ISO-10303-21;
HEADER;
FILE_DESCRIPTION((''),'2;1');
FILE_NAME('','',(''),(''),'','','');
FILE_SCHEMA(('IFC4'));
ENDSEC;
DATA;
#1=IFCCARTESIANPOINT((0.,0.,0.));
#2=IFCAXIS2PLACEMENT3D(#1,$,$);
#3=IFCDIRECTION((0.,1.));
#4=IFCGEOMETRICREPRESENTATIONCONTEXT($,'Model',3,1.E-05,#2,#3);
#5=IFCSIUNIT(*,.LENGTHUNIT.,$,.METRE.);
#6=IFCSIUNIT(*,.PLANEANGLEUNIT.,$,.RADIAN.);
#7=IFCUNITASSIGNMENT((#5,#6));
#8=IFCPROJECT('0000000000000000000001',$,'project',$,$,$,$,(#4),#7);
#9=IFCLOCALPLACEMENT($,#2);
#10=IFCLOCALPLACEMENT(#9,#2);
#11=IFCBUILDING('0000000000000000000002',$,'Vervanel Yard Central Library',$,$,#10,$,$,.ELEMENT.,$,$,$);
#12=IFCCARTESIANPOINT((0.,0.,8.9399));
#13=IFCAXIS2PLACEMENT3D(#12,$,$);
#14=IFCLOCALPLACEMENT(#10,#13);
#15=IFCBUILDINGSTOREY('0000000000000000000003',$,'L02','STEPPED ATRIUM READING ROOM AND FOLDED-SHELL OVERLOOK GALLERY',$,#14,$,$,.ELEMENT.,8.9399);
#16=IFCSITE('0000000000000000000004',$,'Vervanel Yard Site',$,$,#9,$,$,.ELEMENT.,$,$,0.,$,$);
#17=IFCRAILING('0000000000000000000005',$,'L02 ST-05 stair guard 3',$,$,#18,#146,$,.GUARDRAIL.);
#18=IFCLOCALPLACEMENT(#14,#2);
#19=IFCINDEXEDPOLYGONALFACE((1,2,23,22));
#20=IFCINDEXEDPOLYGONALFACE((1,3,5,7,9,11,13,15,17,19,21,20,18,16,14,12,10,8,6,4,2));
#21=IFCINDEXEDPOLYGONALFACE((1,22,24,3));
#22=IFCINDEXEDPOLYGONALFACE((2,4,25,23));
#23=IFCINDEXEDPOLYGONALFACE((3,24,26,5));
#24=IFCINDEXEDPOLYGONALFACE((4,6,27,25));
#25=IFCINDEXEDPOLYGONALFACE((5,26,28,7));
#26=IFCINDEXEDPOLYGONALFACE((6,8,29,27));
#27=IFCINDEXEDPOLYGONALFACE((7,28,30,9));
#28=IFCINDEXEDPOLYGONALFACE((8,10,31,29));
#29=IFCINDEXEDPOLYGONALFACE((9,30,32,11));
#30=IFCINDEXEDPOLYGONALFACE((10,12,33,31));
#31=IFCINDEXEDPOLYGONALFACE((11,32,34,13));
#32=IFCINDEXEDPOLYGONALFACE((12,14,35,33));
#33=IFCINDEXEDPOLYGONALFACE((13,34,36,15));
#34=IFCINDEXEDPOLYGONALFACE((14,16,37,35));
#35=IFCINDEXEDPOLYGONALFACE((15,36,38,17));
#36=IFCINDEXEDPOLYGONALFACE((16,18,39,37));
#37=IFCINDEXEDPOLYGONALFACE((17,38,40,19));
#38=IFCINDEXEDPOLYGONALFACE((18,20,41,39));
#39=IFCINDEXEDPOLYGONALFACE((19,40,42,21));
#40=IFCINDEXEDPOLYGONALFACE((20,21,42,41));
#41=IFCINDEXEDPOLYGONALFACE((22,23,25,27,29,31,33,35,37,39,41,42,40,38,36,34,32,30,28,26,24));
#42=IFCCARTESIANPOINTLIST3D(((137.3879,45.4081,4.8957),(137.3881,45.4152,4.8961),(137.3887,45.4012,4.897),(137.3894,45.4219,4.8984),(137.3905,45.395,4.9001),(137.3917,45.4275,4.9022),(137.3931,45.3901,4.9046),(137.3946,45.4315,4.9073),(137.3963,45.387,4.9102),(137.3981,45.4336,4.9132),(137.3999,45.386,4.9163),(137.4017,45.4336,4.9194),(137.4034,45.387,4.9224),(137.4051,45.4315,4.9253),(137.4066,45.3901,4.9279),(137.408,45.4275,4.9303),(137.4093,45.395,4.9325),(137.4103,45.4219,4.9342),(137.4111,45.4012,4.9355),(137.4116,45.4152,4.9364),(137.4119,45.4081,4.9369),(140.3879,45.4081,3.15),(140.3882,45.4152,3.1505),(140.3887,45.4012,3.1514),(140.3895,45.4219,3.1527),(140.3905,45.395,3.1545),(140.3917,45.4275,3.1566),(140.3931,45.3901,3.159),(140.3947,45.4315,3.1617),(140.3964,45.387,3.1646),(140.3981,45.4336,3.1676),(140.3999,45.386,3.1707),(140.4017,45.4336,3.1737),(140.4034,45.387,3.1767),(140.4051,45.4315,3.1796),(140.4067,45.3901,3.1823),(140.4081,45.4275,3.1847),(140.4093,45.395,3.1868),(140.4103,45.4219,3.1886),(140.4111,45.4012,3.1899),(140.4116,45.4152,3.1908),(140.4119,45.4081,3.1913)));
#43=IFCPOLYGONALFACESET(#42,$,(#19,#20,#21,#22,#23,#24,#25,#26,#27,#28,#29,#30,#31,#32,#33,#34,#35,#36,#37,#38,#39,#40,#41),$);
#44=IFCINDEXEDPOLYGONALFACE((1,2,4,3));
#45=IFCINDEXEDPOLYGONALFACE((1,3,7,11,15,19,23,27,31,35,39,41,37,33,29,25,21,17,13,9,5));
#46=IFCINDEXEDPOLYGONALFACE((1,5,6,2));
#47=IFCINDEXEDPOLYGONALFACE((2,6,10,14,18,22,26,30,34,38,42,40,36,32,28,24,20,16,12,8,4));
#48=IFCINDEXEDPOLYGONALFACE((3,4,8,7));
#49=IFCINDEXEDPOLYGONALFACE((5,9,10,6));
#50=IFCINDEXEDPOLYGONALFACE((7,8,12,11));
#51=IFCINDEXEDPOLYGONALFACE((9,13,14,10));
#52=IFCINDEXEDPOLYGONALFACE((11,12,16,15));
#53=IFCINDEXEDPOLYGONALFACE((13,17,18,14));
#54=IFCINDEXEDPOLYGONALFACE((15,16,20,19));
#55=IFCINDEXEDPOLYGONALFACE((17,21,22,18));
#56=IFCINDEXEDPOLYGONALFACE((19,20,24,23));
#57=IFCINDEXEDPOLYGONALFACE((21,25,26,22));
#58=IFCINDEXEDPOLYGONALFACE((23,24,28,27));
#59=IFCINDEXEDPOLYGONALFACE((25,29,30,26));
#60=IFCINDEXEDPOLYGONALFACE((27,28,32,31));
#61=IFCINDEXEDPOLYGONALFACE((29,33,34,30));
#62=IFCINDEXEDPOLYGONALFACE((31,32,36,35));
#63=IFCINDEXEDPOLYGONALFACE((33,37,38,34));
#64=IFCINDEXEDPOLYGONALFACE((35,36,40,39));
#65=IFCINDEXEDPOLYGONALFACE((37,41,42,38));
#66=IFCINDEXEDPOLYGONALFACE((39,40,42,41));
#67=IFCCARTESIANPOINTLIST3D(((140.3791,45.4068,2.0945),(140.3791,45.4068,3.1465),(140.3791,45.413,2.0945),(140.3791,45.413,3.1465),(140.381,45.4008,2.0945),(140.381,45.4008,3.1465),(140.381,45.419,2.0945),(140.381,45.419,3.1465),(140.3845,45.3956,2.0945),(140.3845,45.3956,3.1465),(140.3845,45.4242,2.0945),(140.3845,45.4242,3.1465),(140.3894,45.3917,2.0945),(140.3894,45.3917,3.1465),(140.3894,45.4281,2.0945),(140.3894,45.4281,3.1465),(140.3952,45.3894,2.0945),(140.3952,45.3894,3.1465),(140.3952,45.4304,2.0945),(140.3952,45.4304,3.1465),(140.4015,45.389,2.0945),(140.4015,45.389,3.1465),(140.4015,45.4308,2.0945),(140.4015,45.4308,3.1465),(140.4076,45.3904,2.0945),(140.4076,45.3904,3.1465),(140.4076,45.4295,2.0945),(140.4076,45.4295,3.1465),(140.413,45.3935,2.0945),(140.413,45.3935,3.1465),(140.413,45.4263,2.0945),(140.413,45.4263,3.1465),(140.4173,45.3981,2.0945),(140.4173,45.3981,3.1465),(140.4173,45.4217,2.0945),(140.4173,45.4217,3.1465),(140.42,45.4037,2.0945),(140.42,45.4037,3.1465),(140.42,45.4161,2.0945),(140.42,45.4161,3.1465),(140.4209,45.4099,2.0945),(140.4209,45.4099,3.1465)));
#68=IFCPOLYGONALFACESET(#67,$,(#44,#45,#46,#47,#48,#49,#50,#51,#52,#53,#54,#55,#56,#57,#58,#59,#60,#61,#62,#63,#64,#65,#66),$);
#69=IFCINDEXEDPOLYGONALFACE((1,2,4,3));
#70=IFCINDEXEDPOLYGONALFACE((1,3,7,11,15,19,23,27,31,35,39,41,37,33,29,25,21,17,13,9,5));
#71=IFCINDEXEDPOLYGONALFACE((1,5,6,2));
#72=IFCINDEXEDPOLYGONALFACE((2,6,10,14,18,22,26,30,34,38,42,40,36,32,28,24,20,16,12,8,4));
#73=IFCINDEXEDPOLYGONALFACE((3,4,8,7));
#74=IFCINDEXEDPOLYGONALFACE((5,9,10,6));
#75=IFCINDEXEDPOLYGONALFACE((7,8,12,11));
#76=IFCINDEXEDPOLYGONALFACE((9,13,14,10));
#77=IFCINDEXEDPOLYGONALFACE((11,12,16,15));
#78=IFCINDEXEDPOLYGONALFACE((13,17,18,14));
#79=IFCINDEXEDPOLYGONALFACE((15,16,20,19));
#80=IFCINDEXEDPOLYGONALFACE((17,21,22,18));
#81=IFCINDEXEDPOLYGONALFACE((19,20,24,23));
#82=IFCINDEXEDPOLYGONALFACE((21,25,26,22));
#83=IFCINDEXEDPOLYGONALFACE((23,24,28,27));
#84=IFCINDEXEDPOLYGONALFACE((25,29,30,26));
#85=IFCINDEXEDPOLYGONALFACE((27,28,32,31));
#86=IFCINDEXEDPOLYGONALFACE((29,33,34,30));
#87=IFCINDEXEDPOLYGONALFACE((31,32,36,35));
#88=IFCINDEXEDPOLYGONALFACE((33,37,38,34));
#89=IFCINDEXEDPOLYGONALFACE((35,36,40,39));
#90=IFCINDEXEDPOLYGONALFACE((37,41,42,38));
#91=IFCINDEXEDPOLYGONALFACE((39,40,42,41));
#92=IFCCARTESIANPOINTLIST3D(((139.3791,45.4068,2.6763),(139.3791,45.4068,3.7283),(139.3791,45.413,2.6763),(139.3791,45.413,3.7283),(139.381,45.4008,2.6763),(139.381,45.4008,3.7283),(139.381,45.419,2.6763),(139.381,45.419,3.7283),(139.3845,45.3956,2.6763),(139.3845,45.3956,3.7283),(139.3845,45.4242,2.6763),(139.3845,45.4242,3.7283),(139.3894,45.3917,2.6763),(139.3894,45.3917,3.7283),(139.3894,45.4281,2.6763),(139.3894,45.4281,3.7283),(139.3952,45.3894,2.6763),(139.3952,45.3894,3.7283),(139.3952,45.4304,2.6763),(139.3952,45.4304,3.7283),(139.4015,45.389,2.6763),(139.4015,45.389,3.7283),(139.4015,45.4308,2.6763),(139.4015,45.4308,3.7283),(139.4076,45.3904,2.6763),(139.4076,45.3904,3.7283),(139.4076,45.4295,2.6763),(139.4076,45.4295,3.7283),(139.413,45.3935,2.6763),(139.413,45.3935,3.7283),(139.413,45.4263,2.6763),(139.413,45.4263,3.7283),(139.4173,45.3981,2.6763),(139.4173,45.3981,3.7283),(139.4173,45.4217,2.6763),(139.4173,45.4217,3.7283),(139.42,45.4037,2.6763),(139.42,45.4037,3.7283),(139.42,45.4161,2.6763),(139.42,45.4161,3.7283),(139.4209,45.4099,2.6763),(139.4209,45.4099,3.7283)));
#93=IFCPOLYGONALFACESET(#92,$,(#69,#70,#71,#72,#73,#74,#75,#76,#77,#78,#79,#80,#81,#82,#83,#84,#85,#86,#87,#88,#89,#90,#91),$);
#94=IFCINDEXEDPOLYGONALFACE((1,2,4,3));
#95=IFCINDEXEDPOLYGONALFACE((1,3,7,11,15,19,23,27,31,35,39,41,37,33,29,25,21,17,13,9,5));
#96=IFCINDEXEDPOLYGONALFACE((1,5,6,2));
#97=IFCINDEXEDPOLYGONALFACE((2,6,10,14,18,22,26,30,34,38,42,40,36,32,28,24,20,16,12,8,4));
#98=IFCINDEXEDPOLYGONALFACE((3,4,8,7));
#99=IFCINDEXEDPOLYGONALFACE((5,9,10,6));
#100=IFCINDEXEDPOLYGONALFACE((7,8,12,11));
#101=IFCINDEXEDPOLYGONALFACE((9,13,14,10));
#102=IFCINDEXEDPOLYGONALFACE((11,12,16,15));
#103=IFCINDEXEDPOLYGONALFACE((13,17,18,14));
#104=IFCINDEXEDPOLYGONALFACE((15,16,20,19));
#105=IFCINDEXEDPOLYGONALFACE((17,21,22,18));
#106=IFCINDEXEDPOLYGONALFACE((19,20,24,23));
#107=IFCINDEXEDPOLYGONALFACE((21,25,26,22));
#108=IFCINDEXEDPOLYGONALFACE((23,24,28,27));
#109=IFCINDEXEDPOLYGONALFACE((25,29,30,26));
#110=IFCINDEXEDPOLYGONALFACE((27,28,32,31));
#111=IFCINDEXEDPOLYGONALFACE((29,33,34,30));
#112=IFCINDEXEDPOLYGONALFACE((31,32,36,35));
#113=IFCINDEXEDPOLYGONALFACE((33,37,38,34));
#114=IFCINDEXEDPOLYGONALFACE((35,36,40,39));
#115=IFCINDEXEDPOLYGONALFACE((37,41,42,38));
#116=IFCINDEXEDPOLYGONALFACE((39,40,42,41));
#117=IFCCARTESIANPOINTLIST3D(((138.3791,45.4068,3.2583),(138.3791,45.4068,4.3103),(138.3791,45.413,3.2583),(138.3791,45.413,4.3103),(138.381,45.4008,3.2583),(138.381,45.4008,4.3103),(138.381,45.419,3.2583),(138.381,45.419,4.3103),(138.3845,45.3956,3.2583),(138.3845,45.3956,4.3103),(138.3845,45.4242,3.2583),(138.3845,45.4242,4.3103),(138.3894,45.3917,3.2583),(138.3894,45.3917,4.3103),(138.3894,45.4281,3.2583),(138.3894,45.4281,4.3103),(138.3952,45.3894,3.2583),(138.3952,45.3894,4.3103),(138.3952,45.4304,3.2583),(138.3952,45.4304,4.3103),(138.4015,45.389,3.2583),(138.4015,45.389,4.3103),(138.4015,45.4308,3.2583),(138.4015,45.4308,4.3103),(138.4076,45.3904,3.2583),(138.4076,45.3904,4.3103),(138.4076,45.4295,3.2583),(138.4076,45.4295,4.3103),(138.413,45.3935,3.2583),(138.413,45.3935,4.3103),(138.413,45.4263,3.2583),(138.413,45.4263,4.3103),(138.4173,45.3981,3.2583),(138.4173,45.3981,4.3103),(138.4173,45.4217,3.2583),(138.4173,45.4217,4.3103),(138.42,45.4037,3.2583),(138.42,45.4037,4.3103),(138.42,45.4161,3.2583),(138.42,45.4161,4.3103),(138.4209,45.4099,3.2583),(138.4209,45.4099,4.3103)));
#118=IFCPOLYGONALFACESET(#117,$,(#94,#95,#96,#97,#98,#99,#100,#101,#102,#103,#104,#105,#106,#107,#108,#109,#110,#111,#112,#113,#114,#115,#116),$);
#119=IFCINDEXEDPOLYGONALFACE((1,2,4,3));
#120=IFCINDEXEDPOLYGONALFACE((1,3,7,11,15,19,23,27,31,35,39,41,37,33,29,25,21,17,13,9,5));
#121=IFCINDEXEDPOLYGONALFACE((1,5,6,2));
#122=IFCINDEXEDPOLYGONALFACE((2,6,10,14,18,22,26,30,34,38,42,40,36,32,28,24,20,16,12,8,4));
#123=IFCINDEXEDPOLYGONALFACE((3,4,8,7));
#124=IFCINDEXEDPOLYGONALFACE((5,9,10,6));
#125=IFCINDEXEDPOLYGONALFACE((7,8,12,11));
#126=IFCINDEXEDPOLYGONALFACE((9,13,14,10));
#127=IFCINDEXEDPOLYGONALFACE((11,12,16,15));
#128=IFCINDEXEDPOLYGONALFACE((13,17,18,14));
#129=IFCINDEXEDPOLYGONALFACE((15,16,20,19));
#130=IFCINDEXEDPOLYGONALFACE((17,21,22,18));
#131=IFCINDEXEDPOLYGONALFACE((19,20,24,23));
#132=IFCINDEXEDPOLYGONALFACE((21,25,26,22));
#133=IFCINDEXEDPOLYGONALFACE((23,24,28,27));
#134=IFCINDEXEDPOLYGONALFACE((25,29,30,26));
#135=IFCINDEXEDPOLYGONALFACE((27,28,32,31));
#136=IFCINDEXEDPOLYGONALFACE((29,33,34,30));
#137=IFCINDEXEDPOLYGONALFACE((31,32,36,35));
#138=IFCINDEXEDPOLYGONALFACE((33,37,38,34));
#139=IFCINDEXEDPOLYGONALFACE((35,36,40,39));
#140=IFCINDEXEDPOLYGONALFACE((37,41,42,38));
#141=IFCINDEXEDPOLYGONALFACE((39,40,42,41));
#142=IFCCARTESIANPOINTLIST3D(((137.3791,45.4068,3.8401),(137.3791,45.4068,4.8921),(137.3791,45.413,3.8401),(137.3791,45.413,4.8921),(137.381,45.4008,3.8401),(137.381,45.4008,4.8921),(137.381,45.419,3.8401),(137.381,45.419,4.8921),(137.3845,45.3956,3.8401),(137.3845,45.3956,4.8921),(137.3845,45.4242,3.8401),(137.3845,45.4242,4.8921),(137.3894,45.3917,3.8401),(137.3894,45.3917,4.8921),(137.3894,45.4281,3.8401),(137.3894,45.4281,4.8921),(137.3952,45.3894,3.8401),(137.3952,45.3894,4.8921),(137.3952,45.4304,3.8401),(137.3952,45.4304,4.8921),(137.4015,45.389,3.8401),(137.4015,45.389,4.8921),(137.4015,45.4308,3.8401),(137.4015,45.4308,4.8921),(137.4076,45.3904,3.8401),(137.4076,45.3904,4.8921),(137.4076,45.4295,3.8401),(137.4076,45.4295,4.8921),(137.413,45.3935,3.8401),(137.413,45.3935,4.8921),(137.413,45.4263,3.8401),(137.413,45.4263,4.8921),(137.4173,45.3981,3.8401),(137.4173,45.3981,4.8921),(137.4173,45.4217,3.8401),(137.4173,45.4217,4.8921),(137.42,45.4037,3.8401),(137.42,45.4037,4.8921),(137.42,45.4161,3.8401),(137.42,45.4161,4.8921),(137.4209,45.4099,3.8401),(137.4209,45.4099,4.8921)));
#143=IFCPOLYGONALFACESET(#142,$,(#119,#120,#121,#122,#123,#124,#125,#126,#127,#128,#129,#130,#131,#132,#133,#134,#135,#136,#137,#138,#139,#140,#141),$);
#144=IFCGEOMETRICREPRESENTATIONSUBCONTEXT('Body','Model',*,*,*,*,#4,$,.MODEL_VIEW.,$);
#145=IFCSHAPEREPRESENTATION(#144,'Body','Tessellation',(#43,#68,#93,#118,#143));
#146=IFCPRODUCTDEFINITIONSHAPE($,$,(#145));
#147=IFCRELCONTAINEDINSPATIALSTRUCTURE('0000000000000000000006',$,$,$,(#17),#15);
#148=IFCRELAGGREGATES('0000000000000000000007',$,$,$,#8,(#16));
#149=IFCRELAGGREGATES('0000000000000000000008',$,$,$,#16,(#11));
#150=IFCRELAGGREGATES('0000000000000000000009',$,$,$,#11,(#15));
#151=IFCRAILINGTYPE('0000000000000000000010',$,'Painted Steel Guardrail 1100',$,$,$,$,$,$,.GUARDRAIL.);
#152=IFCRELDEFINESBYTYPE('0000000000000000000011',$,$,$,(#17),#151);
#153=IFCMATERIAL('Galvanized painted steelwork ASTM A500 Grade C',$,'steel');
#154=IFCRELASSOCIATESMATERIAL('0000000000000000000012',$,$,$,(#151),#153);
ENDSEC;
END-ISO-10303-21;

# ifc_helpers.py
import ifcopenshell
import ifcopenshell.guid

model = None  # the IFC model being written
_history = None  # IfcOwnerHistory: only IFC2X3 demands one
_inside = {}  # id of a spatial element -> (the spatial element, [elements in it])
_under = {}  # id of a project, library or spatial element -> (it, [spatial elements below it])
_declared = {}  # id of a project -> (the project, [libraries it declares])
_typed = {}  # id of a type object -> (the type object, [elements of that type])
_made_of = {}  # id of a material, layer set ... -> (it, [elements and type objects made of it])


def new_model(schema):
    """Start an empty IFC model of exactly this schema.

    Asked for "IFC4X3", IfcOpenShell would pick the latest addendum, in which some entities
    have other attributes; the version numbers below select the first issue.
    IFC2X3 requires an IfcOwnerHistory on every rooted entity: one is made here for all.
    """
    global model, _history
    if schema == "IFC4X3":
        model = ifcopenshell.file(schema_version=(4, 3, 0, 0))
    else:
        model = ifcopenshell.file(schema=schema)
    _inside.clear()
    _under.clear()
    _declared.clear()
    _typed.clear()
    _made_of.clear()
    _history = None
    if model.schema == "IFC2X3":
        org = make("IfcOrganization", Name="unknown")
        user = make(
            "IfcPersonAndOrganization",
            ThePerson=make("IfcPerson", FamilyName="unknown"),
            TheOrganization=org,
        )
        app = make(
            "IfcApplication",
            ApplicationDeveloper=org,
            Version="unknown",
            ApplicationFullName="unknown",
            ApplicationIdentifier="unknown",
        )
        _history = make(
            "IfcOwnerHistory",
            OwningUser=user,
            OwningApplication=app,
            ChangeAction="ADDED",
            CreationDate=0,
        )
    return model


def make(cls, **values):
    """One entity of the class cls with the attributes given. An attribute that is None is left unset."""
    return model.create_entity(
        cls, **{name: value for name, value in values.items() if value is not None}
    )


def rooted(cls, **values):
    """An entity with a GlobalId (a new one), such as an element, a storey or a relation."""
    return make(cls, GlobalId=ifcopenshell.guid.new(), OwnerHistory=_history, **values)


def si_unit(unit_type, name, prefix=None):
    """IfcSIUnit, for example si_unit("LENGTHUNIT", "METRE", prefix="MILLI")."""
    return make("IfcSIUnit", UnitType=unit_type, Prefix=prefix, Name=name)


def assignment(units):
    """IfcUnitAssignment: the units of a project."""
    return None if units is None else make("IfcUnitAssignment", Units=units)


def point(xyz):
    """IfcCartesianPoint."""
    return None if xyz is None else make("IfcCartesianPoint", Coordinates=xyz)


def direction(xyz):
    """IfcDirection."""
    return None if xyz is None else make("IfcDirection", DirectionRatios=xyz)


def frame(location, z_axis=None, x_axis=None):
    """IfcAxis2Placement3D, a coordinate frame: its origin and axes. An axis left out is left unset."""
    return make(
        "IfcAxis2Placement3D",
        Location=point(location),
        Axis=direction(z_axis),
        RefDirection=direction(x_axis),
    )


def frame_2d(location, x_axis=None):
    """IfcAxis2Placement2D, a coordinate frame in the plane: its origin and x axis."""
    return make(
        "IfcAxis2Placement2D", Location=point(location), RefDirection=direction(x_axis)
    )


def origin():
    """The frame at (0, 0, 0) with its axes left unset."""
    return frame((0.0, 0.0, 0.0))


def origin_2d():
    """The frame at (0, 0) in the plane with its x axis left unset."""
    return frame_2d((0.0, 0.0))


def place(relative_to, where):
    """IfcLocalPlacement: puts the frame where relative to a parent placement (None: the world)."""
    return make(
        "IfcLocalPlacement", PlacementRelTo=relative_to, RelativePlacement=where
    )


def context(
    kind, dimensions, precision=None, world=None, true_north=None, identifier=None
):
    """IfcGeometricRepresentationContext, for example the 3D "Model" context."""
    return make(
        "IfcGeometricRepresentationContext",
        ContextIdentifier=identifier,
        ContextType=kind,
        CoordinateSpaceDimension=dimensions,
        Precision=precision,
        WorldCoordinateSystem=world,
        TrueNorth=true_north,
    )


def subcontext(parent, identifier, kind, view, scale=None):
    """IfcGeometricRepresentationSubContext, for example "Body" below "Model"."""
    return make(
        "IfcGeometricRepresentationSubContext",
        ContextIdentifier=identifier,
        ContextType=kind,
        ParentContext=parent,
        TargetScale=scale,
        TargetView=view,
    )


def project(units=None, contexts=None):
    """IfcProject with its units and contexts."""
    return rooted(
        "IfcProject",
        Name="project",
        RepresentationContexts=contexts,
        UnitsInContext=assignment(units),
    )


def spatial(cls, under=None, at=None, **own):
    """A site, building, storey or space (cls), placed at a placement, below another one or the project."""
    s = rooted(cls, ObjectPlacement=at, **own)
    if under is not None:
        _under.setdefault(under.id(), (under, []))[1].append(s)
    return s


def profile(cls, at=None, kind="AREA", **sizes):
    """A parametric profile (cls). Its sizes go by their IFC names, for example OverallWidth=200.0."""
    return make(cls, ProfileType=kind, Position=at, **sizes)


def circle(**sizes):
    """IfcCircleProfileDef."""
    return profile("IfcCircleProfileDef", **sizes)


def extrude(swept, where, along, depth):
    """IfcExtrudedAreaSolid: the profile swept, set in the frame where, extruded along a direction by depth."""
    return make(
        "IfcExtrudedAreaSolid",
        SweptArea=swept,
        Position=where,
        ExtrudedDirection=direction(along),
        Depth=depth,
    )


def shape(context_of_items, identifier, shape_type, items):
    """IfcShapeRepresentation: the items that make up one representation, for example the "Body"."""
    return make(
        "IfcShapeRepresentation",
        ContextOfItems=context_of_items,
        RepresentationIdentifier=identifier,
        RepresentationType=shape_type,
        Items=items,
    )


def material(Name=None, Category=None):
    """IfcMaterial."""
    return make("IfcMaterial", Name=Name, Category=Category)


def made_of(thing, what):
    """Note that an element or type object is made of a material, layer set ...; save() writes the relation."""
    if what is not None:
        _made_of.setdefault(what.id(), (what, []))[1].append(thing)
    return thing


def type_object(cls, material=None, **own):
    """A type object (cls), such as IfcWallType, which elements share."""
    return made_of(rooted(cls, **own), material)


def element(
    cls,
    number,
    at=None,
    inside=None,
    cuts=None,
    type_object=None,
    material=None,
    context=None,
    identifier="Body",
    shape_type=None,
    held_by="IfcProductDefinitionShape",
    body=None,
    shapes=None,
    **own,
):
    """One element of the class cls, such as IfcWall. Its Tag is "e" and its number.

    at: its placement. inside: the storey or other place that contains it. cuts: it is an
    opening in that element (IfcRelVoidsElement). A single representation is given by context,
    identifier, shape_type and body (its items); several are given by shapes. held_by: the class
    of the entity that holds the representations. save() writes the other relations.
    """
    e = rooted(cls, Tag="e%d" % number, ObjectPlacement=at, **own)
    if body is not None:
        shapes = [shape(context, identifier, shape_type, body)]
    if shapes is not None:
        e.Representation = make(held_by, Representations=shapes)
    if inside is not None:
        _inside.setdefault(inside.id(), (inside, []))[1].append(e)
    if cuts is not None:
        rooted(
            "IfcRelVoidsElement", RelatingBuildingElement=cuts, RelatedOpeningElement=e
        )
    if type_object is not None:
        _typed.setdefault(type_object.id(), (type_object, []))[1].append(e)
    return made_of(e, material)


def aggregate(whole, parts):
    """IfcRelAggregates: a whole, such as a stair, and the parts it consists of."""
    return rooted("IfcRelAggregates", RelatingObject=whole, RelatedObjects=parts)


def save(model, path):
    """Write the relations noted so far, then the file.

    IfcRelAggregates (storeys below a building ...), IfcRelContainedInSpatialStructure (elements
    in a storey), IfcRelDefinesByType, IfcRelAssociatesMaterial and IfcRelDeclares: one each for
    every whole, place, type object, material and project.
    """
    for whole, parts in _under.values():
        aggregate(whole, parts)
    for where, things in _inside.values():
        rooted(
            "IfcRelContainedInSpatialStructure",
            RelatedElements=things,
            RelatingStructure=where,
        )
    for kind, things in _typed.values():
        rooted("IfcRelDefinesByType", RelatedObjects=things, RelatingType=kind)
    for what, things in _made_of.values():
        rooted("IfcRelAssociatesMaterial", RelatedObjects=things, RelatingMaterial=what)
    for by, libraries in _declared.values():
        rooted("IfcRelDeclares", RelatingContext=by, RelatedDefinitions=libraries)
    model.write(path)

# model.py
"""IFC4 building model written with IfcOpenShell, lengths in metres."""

from ifc_helpers import new_model, si_unit, direction, frame, origin, origin_2d, place, context, subcontext, project, spatial, circle, extrude, material, type_object, element, save


model = new_model("IFC4")

# Units and contexts
model_context = context("Model", 3, precision=1e-05, world=origin(), true_north=direction((0.0, 1.0)))
body_context = subcontext(model_context, "Body", "Model", "MODEL_VIEW")
ifc_project = project(units=[si_unit("LENGTHUNIT", "METRE"), si_unit("PLANEANGLEUNIT", "RADIAN")], contexts=[model_context])

# Site, building, storey
site_placement = place(None, origin())
site = spatial("IfcSite", under=ifc_project, at=site_placement, Name="Vervanel Yard Site", CompositionType="ELEMENT", RefElevation=0.0)
building_placement = place(site_placement, origin())
building = spatial("IfcBuilding", under=site, at=building_placement, Name="Vervanel Yard Central Library", CompositionType="ELEMENT")
storey_placement = place(building_placement, frame((0.0, 0.0, 8.9399)))
storey = spatial("IfcBuildingStorey", under=building, at=storey_placement, Name="L02", Description="STEPPED ATRIUM READING ROOM AND FOLDED-SHELL OVERLOOK GALLERY", CompositionType="ELEMENT", Elevation=8.9399)

# Railing
ifc_material_1 = material(Name="Galvanized painted steelwork ASTM A500 Grade C", Category="steel")
railing_type_1 = type_object("IfcRailingType", Name="Painted Steel Guardrail 1100", PredefinedType="GUARDRAIL", material=ifc_material_1)
railing_1_placement = place(storey_placement, frame((140.3999, 45.4099, 2.0945)))
element("IfcRailing", 1, at=railing_1_placement, inside=storey, type_object=railing_type_1, Name="L02 ST-05 stair guard 3", PredefinedType="GUARDRAIL", context=body_context, shape_type="SweptSolid", body=[
    extrude(circle(Radius=0.0239, at=origin_2d()), frame((0.0, 0.0, 1.0762), z_axis=(-0.864329, 0.0, 0.502926), x_axis=(0.0, -1.0, 0.0)), (0.0, 0.0, 1.0), 3.4709),
    extrude(circle(Radius=0.021, at=origin_2d()), origin(), (0.0, 0.0, 1.0), 1.052),
    extrude(circle(Radius=0.021, at=origin_2d()), frame((-1.0, 0.0, 0.5818)), (0.0, 0.0, 1.0), 1.052),
    extrude(circle(Radius=0.021, at=origin_2d()), frame((-2.0, 0.0, 1.1638)), (0.0, 0.0, 1.0), 1.052),
    extrude(circle(Radius=0.021, at=origin_2d()), frame((-3.0, 0.0, 1.7456)), (0.0, 0.0, 1.0), 1.052),
])

save(model, "model.ifc")
